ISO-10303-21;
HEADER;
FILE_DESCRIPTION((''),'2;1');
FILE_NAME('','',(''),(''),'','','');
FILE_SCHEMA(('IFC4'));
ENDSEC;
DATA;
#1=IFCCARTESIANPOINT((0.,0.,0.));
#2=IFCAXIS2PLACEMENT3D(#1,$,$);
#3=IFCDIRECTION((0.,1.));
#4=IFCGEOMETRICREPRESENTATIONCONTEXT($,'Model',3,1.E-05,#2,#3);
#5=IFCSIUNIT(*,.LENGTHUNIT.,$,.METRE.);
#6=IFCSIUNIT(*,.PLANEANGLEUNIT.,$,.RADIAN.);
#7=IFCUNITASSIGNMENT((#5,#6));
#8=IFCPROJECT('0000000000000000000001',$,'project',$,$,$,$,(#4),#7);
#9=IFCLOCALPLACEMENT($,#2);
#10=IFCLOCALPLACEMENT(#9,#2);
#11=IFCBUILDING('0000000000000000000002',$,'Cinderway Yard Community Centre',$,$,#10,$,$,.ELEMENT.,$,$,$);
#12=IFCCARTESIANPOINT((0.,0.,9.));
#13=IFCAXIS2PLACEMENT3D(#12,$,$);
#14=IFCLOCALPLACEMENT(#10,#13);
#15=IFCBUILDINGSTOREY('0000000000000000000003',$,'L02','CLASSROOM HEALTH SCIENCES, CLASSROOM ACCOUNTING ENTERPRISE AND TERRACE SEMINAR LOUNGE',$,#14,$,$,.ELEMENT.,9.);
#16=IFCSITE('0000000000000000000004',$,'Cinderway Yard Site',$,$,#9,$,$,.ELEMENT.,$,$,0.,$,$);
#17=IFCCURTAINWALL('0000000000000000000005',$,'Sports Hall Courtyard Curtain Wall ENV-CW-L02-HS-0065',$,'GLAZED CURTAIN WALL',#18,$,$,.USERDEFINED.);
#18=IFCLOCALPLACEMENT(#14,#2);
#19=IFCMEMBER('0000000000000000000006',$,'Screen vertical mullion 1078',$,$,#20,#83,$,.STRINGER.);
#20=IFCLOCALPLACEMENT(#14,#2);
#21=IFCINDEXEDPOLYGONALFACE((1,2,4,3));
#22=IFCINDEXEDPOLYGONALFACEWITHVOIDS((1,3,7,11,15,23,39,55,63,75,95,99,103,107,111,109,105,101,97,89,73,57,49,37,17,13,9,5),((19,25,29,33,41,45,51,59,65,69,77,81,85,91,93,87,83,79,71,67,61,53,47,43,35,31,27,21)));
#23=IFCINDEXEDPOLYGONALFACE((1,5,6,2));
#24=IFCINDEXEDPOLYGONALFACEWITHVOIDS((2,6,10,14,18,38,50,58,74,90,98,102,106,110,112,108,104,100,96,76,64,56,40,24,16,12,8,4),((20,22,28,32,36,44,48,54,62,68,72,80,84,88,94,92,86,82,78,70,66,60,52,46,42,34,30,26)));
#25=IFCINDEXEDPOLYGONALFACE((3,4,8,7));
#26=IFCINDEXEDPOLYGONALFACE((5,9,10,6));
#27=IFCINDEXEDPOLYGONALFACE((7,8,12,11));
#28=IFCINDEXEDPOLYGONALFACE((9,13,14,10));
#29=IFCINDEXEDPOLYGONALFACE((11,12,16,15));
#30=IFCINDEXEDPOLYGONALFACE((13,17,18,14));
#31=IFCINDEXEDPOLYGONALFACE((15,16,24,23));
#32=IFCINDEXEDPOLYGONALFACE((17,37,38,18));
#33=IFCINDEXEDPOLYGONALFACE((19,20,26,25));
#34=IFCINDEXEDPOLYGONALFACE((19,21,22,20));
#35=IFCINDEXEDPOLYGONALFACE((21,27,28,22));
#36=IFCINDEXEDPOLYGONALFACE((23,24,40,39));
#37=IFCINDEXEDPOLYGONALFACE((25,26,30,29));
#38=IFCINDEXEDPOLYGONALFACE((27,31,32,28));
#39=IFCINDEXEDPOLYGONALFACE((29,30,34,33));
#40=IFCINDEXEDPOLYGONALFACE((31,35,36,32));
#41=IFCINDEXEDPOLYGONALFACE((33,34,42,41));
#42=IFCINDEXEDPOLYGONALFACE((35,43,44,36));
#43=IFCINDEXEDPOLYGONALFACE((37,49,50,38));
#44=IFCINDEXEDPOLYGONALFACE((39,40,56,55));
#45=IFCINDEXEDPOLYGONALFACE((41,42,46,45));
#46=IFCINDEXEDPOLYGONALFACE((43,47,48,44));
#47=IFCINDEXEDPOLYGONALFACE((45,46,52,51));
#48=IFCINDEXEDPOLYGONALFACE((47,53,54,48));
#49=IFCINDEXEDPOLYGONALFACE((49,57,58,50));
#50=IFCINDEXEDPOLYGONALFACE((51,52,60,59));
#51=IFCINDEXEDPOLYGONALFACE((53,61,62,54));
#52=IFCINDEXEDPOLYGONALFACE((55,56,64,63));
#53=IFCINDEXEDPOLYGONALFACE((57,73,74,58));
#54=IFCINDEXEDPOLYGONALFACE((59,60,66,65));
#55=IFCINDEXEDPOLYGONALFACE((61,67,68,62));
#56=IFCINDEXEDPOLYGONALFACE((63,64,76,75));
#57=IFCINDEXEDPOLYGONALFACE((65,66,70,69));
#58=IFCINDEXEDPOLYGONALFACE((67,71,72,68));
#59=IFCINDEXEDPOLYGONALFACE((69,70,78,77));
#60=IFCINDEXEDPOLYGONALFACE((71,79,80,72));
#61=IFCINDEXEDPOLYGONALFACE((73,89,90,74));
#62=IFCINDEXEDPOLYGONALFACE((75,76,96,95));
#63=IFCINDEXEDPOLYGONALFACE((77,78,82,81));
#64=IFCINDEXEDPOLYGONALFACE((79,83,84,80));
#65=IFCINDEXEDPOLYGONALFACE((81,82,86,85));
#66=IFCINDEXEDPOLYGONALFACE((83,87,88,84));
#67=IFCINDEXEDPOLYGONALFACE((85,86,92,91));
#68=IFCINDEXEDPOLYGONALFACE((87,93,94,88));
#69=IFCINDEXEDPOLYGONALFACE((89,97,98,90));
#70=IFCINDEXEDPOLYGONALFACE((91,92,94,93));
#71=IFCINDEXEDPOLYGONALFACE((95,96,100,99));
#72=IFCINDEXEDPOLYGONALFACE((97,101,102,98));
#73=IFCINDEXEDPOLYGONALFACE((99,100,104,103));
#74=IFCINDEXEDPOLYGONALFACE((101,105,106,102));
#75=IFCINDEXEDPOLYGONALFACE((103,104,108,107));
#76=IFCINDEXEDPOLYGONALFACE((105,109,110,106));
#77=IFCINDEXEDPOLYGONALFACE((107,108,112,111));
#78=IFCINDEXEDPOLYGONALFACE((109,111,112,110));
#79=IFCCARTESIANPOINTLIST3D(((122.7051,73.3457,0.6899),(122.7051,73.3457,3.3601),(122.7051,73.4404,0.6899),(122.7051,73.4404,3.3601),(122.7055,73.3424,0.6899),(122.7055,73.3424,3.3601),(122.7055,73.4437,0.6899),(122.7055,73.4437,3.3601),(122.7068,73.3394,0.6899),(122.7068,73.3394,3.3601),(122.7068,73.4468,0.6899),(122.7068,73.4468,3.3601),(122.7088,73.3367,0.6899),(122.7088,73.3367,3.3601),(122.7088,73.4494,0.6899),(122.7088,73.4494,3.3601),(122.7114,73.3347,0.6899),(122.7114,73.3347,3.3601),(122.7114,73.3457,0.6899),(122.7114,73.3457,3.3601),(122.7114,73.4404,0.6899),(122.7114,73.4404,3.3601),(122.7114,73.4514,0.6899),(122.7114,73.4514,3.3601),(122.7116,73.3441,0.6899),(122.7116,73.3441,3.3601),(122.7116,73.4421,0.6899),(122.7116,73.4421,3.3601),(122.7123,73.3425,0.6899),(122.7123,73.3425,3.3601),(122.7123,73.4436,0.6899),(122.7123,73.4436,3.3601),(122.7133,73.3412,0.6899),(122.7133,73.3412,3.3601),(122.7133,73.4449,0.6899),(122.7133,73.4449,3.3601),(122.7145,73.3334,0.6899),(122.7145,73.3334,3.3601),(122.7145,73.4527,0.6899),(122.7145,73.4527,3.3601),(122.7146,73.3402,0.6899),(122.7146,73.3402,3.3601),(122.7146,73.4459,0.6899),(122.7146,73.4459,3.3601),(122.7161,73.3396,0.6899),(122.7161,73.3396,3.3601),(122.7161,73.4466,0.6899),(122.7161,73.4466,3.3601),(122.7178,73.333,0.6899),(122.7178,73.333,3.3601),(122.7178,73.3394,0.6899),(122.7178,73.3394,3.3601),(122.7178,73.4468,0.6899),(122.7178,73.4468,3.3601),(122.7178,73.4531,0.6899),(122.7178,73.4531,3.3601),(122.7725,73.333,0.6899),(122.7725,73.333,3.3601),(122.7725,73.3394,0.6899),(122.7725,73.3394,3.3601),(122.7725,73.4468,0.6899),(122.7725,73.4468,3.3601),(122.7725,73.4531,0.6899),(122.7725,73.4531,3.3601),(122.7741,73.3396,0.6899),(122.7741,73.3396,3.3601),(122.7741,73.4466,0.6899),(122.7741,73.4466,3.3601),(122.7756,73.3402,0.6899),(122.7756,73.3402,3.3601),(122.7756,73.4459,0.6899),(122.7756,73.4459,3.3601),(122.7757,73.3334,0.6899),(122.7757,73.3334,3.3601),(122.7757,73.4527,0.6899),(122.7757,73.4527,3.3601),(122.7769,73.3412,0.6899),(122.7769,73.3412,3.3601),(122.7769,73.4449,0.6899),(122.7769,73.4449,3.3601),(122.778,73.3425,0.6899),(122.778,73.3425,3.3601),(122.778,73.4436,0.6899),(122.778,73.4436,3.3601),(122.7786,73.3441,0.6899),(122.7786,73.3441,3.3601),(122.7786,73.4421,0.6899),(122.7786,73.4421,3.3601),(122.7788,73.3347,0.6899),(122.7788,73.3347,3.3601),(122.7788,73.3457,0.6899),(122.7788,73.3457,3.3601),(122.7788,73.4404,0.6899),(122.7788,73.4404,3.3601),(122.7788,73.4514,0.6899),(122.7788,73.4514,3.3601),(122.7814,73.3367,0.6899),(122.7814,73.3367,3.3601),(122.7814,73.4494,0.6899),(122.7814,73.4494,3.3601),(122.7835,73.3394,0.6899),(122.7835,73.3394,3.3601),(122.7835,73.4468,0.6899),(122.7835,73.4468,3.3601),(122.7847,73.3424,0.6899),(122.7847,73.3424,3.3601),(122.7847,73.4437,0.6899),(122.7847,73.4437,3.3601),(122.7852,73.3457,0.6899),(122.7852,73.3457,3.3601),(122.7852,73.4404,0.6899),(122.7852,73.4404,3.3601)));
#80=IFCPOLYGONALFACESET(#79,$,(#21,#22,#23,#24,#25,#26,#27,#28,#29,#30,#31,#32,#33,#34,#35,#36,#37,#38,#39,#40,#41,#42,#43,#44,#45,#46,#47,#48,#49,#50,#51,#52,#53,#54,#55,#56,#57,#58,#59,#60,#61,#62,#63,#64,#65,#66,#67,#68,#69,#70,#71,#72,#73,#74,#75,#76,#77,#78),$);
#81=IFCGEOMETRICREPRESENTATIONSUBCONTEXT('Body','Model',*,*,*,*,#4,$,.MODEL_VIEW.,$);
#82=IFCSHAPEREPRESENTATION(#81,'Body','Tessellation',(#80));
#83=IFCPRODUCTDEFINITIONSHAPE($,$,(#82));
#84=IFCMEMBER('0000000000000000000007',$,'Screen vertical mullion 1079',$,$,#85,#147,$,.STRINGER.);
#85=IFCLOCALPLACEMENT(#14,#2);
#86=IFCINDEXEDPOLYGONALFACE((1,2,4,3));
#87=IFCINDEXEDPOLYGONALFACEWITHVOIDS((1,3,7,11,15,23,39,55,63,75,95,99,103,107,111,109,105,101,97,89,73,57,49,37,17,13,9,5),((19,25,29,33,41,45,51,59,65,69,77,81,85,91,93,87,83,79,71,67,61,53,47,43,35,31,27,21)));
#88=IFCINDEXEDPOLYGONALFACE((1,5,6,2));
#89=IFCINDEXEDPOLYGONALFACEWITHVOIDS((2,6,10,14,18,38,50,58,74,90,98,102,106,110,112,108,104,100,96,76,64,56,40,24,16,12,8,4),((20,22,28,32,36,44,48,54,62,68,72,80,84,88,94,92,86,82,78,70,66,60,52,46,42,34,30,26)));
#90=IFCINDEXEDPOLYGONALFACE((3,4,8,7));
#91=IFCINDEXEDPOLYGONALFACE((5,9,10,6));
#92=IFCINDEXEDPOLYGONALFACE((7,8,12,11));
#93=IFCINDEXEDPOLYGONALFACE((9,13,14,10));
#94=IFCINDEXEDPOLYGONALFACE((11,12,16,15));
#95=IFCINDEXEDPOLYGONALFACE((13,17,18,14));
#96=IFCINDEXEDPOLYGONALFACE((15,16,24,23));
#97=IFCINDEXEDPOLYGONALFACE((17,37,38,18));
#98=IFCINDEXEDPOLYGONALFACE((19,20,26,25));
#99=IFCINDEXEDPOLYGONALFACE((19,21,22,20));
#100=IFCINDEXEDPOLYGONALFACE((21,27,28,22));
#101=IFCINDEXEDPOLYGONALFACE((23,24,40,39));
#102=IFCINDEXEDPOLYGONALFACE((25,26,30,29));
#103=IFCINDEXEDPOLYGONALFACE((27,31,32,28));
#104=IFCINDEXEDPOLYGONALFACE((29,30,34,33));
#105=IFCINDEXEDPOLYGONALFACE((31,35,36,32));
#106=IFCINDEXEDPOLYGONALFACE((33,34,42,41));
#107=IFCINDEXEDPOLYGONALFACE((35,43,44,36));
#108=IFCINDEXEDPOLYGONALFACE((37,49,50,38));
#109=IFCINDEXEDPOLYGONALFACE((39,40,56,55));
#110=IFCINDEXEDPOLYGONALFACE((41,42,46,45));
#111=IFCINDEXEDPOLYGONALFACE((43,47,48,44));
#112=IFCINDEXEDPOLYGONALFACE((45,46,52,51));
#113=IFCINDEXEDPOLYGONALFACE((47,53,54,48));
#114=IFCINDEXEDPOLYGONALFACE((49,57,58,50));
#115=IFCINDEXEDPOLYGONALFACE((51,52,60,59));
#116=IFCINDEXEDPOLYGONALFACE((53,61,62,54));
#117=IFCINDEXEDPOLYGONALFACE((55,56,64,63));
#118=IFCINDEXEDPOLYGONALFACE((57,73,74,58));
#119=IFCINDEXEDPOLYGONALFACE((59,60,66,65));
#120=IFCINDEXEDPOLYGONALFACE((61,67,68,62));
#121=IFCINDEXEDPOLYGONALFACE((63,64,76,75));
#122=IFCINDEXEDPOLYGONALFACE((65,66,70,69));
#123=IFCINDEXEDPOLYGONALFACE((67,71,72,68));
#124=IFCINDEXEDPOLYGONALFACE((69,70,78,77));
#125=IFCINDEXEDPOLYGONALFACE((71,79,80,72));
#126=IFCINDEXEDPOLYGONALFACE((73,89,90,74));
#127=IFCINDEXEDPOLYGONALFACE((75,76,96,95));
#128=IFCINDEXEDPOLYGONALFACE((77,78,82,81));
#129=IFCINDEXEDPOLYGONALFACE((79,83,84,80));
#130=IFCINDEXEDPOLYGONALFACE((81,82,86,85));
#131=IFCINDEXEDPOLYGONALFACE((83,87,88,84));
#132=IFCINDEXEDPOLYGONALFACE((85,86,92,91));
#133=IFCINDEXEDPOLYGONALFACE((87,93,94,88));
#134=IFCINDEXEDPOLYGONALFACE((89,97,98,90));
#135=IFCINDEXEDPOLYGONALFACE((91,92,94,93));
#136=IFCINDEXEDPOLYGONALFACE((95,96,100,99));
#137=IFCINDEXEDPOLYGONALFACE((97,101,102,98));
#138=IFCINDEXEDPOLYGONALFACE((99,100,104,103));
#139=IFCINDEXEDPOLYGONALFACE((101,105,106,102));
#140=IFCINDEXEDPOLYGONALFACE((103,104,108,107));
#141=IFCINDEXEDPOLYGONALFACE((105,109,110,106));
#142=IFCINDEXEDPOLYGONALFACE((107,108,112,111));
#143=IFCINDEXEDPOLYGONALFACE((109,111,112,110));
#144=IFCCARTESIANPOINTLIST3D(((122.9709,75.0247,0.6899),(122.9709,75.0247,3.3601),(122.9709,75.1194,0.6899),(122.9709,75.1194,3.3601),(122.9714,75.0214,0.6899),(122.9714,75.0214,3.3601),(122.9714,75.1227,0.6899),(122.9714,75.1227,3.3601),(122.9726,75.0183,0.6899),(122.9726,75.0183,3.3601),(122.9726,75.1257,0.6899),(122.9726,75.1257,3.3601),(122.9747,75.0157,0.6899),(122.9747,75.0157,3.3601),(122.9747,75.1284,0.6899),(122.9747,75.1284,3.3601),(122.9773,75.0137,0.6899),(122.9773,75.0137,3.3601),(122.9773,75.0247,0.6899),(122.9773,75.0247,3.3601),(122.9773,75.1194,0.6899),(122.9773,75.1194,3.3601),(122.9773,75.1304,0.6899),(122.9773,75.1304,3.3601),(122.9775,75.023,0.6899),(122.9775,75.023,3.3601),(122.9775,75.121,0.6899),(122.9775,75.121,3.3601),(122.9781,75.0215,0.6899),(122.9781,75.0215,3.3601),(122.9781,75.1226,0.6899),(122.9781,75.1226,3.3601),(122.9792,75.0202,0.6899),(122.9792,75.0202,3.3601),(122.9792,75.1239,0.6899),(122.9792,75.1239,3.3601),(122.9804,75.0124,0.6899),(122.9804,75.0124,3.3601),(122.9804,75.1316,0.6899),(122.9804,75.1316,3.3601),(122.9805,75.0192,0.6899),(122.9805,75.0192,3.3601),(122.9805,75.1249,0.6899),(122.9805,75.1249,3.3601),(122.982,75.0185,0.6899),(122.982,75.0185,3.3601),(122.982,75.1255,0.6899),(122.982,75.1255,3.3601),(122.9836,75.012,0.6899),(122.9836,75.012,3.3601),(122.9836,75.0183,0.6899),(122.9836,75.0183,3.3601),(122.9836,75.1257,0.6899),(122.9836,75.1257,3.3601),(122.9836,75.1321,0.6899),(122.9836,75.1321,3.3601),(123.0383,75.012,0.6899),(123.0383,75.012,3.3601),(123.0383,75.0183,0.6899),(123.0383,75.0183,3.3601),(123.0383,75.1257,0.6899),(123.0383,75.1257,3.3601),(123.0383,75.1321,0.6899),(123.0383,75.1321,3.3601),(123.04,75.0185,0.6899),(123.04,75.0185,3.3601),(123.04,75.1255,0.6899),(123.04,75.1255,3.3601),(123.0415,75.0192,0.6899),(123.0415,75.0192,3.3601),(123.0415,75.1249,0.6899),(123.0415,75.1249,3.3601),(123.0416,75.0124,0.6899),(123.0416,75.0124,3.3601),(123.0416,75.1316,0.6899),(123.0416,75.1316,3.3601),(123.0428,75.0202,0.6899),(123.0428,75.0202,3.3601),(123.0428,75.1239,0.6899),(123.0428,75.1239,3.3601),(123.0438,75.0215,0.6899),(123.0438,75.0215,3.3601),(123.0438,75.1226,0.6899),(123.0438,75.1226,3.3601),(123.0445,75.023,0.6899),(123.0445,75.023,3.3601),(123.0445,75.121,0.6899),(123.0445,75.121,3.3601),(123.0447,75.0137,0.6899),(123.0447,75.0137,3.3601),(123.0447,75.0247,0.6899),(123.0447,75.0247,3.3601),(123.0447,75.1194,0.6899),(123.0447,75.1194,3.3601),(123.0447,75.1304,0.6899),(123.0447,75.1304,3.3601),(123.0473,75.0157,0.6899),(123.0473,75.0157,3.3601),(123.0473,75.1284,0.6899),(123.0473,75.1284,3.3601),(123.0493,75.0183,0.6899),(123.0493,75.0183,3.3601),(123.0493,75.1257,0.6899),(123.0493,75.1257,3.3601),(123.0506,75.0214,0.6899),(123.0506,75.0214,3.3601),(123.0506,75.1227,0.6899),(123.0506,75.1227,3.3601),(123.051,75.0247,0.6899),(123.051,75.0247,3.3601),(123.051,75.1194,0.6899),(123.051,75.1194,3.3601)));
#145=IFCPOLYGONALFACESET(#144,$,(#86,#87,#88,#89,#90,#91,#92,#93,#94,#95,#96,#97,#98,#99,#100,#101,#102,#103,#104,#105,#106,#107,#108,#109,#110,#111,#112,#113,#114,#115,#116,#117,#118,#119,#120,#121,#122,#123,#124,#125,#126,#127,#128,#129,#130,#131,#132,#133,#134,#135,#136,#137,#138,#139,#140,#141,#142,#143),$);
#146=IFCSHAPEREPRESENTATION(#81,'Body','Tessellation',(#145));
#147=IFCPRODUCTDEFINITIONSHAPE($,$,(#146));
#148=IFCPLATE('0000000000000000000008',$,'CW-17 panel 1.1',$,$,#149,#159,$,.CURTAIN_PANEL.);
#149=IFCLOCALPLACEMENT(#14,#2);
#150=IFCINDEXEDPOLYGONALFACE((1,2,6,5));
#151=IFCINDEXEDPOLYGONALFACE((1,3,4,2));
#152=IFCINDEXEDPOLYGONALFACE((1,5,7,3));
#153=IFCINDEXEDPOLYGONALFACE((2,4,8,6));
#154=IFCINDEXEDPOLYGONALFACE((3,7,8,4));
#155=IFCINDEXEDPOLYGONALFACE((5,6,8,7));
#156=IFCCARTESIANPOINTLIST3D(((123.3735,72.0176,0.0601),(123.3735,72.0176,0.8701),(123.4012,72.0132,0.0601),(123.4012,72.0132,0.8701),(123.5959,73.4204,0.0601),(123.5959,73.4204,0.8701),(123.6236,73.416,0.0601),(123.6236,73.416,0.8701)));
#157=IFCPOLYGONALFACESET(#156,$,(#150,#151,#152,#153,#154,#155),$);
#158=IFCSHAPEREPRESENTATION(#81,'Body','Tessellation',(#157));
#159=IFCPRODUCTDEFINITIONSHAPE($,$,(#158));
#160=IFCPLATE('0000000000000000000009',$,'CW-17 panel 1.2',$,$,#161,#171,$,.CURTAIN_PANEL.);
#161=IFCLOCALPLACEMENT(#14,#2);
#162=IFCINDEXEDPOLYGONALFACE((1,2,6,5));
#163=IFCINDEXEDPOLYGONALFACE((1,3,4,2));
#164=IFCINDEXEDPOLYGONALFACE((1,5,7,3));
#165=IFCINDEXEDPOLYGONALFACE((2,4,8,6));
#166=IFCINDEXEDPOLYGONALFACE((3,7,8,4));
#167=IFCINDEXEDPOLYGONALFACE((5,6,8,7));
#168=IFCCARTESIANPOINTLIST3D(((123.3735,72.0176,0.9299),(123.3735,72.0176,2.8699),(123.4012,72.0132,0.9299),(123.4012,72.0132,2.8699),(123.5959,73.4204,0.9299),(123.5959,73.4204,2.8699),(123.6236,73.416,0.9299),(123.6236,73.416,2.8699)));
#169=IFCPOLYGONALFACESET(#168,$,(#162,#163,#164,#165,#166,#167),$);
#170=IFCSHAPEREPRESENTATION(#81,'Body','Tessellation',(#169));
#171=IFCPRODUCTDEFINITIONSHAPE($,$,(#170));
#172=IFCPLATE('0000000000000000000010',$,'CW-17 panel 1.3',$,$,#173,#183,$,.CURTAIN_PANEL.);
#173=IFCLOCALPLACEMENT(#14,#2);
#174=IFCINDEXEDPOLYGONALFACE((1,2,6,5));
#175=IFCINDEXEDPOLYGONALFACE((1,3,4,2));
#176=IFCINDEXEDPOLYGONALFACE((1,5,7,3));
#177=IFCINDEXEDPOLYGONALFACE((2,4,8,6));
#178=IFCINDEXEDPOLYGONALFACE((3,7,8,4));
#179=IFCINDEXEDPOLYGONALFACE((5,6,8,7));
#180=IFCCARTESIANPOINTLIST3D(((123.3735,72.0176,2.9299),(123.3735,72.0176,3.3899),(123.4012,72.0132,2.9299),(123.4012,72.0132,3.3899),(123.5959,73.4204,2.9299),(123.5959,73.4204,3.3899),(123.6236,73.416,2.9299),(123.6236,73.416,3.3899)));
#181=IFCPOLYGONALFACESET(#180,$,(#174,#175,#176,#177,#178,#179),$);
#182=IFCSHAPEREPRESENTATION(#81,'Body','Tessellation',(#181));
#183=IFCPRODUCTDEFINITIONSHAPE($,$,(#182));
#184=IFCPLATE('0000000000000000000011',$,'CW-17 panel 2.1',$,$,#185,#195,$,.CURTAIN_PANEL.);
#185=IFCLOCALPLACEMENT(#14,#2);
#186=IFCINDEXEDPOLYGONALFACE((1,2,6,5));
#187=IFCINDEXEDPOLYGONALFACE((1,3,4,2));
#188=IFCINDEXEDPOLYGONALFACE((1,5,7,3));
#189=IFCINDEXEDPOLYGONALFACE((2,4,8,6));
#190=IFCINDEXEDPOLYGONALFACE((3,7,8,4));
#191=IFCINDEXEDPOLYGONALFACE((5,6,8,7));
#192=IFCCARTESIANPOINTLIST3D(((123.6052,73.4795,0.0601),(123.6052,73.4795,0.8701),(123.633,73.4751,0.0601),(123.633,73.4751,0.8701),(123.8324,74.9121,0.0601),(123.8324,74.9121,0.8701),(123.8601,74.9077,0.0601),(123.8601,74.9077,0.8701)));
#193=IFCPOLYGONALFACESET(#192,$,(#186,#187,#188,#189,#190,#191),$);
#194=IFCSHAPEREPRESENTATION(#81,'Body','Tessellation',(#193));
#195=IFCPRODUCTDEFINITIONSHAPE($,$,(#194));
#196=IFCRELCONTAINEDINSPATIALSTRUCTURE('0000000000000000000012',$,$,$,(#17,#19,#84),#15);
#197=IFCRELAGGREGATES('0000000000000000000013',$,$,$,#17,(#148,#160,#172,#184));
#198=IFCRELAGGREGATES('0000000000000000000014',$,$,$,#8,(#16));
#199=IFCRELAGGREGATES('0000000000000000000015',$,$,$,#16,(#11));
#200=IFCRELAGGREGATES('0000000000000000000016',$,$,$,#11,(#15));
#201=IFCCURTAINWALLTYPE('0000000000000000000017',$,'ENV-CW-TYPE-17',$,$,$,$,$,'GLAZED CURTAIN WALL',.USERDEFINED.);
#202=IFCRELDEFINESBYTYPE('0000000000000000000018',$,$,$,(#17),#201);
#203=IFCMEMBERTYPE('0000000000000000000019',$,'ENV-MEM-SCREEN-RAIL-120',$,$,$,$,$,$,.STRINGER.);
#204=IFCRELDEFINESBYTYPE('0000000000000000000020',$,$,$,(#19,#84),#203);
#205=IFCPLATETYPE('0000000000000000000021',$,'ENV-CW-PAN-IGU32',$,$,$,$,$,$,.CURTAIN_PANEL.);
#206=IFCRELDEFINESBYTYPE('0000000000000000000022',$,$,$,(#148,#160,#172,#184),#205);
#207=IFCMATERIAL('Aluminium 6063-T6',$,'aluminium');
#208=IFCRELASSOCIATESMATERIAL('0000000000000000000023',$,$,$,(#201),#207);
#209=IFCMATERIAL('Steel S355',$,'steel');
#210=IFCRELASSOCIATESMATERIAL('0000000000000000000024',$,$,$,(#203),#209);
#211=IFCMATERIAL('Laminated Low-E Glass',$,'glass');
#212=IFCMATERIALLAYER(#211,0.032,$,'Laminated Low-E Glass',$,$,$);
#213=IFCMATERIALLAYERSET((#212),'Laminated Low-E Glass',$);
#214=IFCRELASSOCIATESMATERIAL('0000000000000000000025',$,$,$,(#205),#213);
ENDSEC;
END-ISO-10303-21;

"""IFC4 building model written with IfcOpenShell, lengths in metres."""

from ifc_helpers import new_model, si_unit, direction, frame, origin, origin_2d, place, context, subcontext, project, spatial, rectangle, hollow_rectangle, extrude, material, layer, layer_set, material_profile, profile_set, type_object, element, aggregate, save


model = new_model("IFC4")

# Units and contexts
model_context = context("Model", 3, precision=1e-05, world=origin(), true_north=direction((0.0, 1.0)))
body_context = subcontext(model_context, "Body", "Model", "MODEL_VIEW")
ifc_project = project(units=[si_unit("LENGTHUNIT", "METRE"), si_unit("PLANEANGLEUNIT", "RADIAN")], contexts=[model_context])

# Site, building, storey
site_placement = place(None, origin())
site = spatial("IfcSite", under=ifc_project, at=site_placement, Name="Cinderway Yard Site", CompositionType="ELEMENT", RefElevation=0.0)
building_placement = place(site_placement, origin())
building = spatial("IfcBuilding", under=site, at=building_placement, Name="Cinderway Yard Community Centre", CompositionType="ELEMENT")
storey_placement = place(building_placement, frame((0.0, 0.0, 9.0)))
storey = spatial("IfcBuildingStorey", under=building, at=storey_placement, Name="L02", Description="CLASSROOM HEALTH SCIENCES, CLASSROOM ACCOUNTING ENTERPRISE AND TERRACE SEMINAR LOUNGE", CompositionType="ELEMENT", Elevation=9.0)

# Curtain wall
ifc_material_1 = material(Name="Aluminium 6063-T6", Category="aluminium")
curtain_wall_type = type_object("IfcCurtainWallType", Name="ENV-CW-TYPE-17", ElementType="GLAZED CURTAIN WALL", PredefinedType="USERDEFINED", material=ifc_material_1)
curtain_wall_placement = place(storey_placement, origin())
curtain_wall = element("IfcCurtainWall", 1, at=curtain_wall_placement, inside=storey, type_object=curtain_wall_type, Name="Sports Hall Courtyard Curtain Wall ENV-CW-L02-HS-0065", ObjectType="GLAZED CURTAIN WALL", PredefinedType="USERDEFINED")

# Members
ifc_material_2 = material(Name="Steel S355", Category="steel")
ifc_material_profile_1 = material_profile(ifc_material_2, hollow_rectangle(XDim=0.0801, YDim=0.1201, WallThickness=0.0063, InnerFilletRadius=0.0063, OuterFilletRadius=0.0127, at=origin_2d()), Name="Steel S355")
ifc_profile_set_1 = profile_set([ifc_material_profile_1], Name="Steel S355")
member_type_1 = type_object("IfcMemberType", Name="ENV-MEM-SCREEN-RAIL-120", PredefinedType="STRINGER", material=ifc_profile_set_1)
for number, where, z_axis, x_axis, name in (
    (2, (122.7451, 73.3931, 0.6899), (0.0, 0.0, 1.0), (1.0, 0.0, 0.0), "Screen vertical mullion 1078"),
    (3, (123.011, 75.072, 0.6899), (0.0, 0.0, 1.0), (1.0, 0.0, 0.0), "Screen vertical mullion 1079"),
):
    element("IfcMember", number, at=place(storey_placement, frame(where, z_axis=z_axis, x_axis=x_axis)), inside=storey, type_object=member_type_1, Name=name, PredefinedType="STRINGER", context=body_context, shape_type="SweptSolid", body=[
        extrude(hollow_rectangle(XDim=0.0801, YDim=0.1201, WallThickness=0.0063, InnerFilletRadius=0.0063, OuterFilletRadius=0.0127, at=origin_2d()), origin(), (0.0, 0.0, 1.0), 2.6702),
    ])

# Plates
ifc_material_3 = material(Name="Laminated Low-E Glass", Category="glass")
ifc_layer_1 = layer(ifc_material_3, 0.032, Name="Laminated Low-E Glass")
ifc_layer_set_1 = layer_set([ifc_layer_1], Name="Laminated Low-E Glass")
plate_type = type_object("IfcPlateType", Name="ENV-CW-PAN-IGU32", PredefinedType="CURTAIN_PANEL", material=ifc_layer_set_1)
plate_1_placement = place(storey_placement, frame((123.4985, 72.7168, 0.0601), z_axis=(0.0, 0.0, 1.0), x_axis=(0.156583, 0.987665, 0.0)))
plate_1 = element("IfcPlate", 4, at=plate_1_placement, type_object=plate_type, Name="CW-17 panel 1.1", PredefinedType="CURTAIN_PANEL", context=body_context, shape_type="SweptSolid", body=[
    extrude(rectangle(XDim=1.4204, YDim=0.0281, at=origin_2d()), origin(), (0.0, 0.0, 1.0), 0.8101),
])
plate_2_placement = place(storey_placement, frame((123.4985, 72.7168, 0.9299), z_axis=(0.0, 0.0, 1.0), x_axis=(0.156583, 0.987665, 0.0)))
plate_2 = element("IfcPlate", 5, at=plate_2_placement, type_object=plate_type, Name="CW-17 panel 1.2", PredefinedType="CURTAIN_PANEL", context=body_context, shape_type="SweptSolid", body=[
    extrude(rectangle(XDim=1.4204, YDim=0.0281, at=origin_2d()), origin(), (0.0, 0.0, 1.0), 1.9399),
])
plate_3_placement = place(storey_placement, frame((123.4985, 72.7168, 2.9299), z_axis=(0.0, 0.0, 1.0), x_axis=(0.156583, 0.987665, 0.0)))
plate_3 = element("IfcPlate", 6, at=plate_3_placement, type_object=plate_type, Name="CW-17 panel 1.3", PredefinedType="CURTAIN_PANEL", context=body_context, shape_type="SweptSolid", body=[
    extrude(rectangle(XDim=1.4204, YDim=0.0281, at=origin_2d()), origin(), (0.0, 0.0, 1.0), 0.46),
])
plate_4_placement = place(storey_placement, frame((123.7327, 74.1936, 0.0601), z_axis=(0.0, 0.0, 1.0), x_axis=(0.156583, 0.987665, 0.0)))
plate_4 = element("IfcPlate", 7, at=plate_4_placement, type_object=plate_type, Name="CW-17 panel 2.1", PredefinedType="CURTAIN_PANEL", context=body_context, shape_type="SweptSolid", body=[
    extrude(rectangle(XDim=1.4504, YDim=0.0281, at=origin_2d()), origin(), (0.0, 0.0, 1.0), 0.8101),
])
aggregate(curtain_wall, [plate_1, plate_2, plate_3, plate_4])

save(model, "model.ifc")
